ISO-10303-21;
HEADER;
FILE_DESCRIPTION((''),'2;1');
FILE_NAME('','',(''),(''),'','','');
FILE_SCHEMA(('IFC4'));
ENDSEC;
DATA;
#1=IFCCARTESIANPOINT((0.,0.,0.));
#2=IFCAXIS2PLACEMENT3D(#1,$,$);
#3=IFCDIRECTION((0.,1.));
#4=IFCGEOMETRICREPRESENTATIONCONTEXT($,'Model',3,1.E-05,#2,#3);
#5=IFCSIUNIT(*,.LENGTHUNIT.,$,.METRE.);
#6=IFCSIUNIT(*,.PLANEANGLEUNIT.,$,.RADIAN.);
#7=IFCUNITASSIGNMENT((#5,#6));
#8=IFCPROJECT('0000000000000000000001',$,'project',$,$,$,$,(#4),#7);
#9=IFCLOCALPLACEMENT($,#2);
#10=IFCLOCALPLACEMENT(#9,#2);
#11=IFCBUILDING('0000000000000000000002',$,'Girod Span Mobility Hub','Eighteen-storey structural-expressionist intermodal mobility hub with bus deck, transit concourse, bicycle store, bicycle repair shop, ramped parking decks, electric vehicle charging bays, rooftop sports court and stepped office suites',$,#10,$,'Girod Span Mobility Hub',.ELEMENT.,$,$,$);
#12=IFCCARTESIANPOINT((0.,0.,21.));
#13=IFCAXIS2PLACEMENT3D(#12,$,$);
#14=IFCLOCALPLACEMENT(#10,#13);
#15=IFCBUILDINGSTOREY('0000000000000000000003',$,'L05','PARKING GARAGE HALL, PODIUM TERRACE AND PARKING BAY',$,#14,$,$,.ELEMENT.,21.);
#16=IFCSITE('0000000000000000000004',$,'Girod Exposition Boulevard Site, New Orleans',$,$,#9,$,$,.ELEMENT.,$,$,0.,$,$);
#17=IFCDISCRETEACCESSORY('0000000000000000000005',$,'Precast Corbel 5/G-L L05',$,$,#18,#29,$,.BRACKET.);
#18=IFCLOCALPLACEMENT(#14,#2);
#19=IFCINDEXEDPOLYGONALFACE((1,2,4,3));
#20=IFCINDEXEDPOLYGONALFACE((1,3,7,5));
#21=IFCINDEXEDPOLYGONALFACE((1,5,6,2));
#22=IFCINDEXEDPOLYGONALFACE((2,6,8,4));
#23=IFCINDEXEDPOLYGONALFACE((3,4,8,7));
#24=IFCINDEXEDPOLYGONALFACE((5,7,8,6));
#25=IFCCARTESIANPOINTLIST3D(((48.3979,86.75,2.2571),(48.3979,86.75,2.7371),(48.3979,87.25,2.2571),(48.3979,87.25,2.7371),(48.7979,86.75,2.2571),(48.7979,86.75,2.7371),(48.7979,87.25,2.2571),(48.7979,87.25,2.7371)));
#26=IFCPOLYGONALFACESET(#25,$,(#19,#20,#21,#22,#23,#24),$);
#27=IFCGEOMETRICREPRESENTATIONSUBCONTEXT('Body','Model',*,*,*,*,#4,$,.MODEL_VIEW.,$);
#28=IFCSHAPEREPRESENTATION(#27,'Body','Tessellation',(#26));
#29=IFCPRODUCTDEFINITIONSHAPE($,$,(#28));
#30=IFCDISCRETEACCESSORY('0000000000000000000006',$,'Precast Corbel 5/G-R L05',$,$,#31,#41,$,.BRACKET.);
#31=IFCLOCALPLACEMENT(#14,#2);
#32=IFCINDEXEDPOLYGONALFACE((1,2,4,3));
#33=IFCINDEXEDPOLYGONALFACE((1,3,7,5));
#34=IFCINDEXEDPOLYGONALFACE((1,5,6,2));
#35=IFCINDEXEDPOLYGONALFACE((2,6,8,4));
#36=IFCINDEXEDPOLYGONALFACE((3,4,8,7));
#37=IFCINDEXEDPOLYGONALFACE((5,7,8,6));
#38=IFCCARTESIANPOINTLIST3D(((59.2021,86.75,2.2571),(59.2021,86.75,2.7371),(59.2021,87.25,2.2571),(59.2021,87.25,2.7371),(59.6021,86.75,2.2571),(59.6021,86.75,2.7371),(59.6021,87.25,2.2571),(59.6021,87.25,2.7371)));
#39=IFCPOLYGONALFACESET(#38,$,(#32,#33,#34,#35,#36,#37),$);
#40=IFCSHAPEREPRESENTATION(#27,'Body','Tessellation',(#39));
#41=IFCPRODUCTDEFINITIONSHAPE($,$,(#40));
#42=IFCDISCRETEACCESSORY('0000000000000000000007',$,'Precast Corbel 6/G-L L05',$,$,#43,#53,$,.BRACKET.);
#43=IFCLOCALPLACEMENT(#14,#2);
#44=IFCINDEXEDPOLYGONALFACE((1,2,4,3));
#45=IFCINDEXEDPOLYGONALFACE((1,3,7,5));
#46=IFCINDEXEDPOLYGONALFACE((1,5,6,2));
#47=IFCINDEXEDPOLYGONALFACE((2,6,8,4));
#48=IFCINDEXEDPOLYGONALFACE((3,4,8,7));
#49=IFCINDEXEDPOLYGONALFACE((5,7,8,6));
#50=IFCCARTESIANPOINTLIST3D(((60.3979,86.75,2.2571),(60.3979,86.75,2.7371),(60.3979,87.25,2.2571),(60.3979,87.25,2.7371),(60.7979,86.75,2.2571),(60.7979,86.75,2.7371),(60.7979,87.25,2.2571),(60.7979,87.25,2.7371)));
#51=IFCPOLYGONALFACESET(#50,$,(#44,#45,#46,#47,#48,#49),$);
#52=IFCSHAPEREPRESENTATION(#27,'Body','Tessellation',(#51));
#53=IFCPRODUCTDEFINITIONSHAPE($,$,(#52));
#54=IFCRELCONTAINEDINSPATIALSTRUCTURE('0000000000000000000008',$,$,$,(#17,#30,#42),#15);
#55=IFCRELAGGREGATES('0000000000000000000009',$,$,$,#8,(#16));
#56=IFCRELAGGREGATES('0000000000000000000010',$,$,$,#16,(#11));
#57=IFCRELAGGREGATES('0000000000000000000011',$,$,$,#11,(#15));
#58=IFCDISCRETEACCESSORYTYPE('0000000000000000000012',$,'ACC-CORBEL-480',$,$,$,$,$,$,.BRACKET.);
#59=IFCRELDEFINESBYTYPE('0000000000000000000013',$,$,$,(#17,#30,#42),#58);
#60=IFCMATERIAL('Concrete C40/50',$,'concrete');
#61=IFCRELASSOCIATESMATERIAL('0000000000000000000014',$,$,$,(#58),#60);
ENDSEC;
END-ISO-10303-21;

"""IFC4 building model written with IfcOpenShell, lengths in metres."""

from ifc_helpers import new_model, si_unit, direction, frame, origin, origin_2d, place, context, subcontext, project, spatial, rectangle, extrude, material, type_object, element, save


model = new_model("IFC4")

# Units and contexts
model_context = context("Model", 3, precision=1e-05, world=origin(), true_north=direction((0.0, 1.0)))
body_context = subcontext(model_context, "Body", "Model", "MODEL_VIEW")
ifc_project = project(units=[si_unit("LENGTHUNIT", "METRE"), si_unit("PLANEANGLEUNIT", "RADIAN")], contexts=[model_context])

# Site, building, storey
site_placement = place(None, origin())
site = spatial("IfcSite", under=ifc_project, at=site_placement, Name="Girod Exposition Boulevard Site, New Orleans", CompositionType="ELEMENT", RefElevation=0.0)
building_placement = place(site_placement, origin())
building = spatial("IfcBuilding", under=site, at=building_placement, Name="Girod Span Mobility Hub", Description="Eighteen-storey structural-expressionist intermodal mobility hub with bus deck, transit concourse, bicycle store, bicycle repair shop, ramped parking decks, electric vehicle charging bays, rooftop sports court and stepped office suites", LongName="Girod Span Mobility Hub", CompositionType="ELEMENT")
storey_placement = place(building_placement, frame((0.0, 0.0, 21.0)))
storey = spatial("IfcBuildingStorey", under=building, at=storey_placement, Name="L05", Description="PARKING GARAGE HALL, PODIUM TERRACE AND PARKING BAY", CompositionType="ELEMENT", Elevation=21.0)

# Discrete accessories
ifc_material_1 = material(Name="Concrete C40/50", Category="concrete")
discrete_accessory_type = type_object("IfcDiscreteAccessoryType", Name="ACC-CORBEL-480", PredefinedType="BRACKET", material=ifc_material_1)
for number, where, z_axis, x_axis, name in (
    (1, (48.5979, 87.0, 2.2571), (0.0, 0.0, 1.0), (1.0, 0.0, 0.0), "Precast Corbel 5/G-L L05"),
    (2, (59.4021, 87.0, 2.2571), (0.0, 0.0, 1.0), (1.0, 0.0, 0.0), "Precast Corbel 5/G-R L05"),
    (3, (60.5979, 87.0, 2.2571), (0.0, 0.0, 1.0), (1.0, 0.0, 0.0), "Precast Corbel 6/G-L L05"),
):
    element("IfcDiscreteAccessory", number, at=place(storey_placement, frame(where, z_axis=z_axis, x_axis=x_axis)), inside=storey, type_object=discrete_accessory_type, Name=name, PredefinedType="BRACKET", context=body_context, shape_type="SweptSolid", body=[
        extrude(rectangle(XDim=0.3999, YDim=0.5, at=origin_2d()), origin(), (0.0, 0.0, 1.0), 0.48),
    ])

save(model, "model.ifc")
